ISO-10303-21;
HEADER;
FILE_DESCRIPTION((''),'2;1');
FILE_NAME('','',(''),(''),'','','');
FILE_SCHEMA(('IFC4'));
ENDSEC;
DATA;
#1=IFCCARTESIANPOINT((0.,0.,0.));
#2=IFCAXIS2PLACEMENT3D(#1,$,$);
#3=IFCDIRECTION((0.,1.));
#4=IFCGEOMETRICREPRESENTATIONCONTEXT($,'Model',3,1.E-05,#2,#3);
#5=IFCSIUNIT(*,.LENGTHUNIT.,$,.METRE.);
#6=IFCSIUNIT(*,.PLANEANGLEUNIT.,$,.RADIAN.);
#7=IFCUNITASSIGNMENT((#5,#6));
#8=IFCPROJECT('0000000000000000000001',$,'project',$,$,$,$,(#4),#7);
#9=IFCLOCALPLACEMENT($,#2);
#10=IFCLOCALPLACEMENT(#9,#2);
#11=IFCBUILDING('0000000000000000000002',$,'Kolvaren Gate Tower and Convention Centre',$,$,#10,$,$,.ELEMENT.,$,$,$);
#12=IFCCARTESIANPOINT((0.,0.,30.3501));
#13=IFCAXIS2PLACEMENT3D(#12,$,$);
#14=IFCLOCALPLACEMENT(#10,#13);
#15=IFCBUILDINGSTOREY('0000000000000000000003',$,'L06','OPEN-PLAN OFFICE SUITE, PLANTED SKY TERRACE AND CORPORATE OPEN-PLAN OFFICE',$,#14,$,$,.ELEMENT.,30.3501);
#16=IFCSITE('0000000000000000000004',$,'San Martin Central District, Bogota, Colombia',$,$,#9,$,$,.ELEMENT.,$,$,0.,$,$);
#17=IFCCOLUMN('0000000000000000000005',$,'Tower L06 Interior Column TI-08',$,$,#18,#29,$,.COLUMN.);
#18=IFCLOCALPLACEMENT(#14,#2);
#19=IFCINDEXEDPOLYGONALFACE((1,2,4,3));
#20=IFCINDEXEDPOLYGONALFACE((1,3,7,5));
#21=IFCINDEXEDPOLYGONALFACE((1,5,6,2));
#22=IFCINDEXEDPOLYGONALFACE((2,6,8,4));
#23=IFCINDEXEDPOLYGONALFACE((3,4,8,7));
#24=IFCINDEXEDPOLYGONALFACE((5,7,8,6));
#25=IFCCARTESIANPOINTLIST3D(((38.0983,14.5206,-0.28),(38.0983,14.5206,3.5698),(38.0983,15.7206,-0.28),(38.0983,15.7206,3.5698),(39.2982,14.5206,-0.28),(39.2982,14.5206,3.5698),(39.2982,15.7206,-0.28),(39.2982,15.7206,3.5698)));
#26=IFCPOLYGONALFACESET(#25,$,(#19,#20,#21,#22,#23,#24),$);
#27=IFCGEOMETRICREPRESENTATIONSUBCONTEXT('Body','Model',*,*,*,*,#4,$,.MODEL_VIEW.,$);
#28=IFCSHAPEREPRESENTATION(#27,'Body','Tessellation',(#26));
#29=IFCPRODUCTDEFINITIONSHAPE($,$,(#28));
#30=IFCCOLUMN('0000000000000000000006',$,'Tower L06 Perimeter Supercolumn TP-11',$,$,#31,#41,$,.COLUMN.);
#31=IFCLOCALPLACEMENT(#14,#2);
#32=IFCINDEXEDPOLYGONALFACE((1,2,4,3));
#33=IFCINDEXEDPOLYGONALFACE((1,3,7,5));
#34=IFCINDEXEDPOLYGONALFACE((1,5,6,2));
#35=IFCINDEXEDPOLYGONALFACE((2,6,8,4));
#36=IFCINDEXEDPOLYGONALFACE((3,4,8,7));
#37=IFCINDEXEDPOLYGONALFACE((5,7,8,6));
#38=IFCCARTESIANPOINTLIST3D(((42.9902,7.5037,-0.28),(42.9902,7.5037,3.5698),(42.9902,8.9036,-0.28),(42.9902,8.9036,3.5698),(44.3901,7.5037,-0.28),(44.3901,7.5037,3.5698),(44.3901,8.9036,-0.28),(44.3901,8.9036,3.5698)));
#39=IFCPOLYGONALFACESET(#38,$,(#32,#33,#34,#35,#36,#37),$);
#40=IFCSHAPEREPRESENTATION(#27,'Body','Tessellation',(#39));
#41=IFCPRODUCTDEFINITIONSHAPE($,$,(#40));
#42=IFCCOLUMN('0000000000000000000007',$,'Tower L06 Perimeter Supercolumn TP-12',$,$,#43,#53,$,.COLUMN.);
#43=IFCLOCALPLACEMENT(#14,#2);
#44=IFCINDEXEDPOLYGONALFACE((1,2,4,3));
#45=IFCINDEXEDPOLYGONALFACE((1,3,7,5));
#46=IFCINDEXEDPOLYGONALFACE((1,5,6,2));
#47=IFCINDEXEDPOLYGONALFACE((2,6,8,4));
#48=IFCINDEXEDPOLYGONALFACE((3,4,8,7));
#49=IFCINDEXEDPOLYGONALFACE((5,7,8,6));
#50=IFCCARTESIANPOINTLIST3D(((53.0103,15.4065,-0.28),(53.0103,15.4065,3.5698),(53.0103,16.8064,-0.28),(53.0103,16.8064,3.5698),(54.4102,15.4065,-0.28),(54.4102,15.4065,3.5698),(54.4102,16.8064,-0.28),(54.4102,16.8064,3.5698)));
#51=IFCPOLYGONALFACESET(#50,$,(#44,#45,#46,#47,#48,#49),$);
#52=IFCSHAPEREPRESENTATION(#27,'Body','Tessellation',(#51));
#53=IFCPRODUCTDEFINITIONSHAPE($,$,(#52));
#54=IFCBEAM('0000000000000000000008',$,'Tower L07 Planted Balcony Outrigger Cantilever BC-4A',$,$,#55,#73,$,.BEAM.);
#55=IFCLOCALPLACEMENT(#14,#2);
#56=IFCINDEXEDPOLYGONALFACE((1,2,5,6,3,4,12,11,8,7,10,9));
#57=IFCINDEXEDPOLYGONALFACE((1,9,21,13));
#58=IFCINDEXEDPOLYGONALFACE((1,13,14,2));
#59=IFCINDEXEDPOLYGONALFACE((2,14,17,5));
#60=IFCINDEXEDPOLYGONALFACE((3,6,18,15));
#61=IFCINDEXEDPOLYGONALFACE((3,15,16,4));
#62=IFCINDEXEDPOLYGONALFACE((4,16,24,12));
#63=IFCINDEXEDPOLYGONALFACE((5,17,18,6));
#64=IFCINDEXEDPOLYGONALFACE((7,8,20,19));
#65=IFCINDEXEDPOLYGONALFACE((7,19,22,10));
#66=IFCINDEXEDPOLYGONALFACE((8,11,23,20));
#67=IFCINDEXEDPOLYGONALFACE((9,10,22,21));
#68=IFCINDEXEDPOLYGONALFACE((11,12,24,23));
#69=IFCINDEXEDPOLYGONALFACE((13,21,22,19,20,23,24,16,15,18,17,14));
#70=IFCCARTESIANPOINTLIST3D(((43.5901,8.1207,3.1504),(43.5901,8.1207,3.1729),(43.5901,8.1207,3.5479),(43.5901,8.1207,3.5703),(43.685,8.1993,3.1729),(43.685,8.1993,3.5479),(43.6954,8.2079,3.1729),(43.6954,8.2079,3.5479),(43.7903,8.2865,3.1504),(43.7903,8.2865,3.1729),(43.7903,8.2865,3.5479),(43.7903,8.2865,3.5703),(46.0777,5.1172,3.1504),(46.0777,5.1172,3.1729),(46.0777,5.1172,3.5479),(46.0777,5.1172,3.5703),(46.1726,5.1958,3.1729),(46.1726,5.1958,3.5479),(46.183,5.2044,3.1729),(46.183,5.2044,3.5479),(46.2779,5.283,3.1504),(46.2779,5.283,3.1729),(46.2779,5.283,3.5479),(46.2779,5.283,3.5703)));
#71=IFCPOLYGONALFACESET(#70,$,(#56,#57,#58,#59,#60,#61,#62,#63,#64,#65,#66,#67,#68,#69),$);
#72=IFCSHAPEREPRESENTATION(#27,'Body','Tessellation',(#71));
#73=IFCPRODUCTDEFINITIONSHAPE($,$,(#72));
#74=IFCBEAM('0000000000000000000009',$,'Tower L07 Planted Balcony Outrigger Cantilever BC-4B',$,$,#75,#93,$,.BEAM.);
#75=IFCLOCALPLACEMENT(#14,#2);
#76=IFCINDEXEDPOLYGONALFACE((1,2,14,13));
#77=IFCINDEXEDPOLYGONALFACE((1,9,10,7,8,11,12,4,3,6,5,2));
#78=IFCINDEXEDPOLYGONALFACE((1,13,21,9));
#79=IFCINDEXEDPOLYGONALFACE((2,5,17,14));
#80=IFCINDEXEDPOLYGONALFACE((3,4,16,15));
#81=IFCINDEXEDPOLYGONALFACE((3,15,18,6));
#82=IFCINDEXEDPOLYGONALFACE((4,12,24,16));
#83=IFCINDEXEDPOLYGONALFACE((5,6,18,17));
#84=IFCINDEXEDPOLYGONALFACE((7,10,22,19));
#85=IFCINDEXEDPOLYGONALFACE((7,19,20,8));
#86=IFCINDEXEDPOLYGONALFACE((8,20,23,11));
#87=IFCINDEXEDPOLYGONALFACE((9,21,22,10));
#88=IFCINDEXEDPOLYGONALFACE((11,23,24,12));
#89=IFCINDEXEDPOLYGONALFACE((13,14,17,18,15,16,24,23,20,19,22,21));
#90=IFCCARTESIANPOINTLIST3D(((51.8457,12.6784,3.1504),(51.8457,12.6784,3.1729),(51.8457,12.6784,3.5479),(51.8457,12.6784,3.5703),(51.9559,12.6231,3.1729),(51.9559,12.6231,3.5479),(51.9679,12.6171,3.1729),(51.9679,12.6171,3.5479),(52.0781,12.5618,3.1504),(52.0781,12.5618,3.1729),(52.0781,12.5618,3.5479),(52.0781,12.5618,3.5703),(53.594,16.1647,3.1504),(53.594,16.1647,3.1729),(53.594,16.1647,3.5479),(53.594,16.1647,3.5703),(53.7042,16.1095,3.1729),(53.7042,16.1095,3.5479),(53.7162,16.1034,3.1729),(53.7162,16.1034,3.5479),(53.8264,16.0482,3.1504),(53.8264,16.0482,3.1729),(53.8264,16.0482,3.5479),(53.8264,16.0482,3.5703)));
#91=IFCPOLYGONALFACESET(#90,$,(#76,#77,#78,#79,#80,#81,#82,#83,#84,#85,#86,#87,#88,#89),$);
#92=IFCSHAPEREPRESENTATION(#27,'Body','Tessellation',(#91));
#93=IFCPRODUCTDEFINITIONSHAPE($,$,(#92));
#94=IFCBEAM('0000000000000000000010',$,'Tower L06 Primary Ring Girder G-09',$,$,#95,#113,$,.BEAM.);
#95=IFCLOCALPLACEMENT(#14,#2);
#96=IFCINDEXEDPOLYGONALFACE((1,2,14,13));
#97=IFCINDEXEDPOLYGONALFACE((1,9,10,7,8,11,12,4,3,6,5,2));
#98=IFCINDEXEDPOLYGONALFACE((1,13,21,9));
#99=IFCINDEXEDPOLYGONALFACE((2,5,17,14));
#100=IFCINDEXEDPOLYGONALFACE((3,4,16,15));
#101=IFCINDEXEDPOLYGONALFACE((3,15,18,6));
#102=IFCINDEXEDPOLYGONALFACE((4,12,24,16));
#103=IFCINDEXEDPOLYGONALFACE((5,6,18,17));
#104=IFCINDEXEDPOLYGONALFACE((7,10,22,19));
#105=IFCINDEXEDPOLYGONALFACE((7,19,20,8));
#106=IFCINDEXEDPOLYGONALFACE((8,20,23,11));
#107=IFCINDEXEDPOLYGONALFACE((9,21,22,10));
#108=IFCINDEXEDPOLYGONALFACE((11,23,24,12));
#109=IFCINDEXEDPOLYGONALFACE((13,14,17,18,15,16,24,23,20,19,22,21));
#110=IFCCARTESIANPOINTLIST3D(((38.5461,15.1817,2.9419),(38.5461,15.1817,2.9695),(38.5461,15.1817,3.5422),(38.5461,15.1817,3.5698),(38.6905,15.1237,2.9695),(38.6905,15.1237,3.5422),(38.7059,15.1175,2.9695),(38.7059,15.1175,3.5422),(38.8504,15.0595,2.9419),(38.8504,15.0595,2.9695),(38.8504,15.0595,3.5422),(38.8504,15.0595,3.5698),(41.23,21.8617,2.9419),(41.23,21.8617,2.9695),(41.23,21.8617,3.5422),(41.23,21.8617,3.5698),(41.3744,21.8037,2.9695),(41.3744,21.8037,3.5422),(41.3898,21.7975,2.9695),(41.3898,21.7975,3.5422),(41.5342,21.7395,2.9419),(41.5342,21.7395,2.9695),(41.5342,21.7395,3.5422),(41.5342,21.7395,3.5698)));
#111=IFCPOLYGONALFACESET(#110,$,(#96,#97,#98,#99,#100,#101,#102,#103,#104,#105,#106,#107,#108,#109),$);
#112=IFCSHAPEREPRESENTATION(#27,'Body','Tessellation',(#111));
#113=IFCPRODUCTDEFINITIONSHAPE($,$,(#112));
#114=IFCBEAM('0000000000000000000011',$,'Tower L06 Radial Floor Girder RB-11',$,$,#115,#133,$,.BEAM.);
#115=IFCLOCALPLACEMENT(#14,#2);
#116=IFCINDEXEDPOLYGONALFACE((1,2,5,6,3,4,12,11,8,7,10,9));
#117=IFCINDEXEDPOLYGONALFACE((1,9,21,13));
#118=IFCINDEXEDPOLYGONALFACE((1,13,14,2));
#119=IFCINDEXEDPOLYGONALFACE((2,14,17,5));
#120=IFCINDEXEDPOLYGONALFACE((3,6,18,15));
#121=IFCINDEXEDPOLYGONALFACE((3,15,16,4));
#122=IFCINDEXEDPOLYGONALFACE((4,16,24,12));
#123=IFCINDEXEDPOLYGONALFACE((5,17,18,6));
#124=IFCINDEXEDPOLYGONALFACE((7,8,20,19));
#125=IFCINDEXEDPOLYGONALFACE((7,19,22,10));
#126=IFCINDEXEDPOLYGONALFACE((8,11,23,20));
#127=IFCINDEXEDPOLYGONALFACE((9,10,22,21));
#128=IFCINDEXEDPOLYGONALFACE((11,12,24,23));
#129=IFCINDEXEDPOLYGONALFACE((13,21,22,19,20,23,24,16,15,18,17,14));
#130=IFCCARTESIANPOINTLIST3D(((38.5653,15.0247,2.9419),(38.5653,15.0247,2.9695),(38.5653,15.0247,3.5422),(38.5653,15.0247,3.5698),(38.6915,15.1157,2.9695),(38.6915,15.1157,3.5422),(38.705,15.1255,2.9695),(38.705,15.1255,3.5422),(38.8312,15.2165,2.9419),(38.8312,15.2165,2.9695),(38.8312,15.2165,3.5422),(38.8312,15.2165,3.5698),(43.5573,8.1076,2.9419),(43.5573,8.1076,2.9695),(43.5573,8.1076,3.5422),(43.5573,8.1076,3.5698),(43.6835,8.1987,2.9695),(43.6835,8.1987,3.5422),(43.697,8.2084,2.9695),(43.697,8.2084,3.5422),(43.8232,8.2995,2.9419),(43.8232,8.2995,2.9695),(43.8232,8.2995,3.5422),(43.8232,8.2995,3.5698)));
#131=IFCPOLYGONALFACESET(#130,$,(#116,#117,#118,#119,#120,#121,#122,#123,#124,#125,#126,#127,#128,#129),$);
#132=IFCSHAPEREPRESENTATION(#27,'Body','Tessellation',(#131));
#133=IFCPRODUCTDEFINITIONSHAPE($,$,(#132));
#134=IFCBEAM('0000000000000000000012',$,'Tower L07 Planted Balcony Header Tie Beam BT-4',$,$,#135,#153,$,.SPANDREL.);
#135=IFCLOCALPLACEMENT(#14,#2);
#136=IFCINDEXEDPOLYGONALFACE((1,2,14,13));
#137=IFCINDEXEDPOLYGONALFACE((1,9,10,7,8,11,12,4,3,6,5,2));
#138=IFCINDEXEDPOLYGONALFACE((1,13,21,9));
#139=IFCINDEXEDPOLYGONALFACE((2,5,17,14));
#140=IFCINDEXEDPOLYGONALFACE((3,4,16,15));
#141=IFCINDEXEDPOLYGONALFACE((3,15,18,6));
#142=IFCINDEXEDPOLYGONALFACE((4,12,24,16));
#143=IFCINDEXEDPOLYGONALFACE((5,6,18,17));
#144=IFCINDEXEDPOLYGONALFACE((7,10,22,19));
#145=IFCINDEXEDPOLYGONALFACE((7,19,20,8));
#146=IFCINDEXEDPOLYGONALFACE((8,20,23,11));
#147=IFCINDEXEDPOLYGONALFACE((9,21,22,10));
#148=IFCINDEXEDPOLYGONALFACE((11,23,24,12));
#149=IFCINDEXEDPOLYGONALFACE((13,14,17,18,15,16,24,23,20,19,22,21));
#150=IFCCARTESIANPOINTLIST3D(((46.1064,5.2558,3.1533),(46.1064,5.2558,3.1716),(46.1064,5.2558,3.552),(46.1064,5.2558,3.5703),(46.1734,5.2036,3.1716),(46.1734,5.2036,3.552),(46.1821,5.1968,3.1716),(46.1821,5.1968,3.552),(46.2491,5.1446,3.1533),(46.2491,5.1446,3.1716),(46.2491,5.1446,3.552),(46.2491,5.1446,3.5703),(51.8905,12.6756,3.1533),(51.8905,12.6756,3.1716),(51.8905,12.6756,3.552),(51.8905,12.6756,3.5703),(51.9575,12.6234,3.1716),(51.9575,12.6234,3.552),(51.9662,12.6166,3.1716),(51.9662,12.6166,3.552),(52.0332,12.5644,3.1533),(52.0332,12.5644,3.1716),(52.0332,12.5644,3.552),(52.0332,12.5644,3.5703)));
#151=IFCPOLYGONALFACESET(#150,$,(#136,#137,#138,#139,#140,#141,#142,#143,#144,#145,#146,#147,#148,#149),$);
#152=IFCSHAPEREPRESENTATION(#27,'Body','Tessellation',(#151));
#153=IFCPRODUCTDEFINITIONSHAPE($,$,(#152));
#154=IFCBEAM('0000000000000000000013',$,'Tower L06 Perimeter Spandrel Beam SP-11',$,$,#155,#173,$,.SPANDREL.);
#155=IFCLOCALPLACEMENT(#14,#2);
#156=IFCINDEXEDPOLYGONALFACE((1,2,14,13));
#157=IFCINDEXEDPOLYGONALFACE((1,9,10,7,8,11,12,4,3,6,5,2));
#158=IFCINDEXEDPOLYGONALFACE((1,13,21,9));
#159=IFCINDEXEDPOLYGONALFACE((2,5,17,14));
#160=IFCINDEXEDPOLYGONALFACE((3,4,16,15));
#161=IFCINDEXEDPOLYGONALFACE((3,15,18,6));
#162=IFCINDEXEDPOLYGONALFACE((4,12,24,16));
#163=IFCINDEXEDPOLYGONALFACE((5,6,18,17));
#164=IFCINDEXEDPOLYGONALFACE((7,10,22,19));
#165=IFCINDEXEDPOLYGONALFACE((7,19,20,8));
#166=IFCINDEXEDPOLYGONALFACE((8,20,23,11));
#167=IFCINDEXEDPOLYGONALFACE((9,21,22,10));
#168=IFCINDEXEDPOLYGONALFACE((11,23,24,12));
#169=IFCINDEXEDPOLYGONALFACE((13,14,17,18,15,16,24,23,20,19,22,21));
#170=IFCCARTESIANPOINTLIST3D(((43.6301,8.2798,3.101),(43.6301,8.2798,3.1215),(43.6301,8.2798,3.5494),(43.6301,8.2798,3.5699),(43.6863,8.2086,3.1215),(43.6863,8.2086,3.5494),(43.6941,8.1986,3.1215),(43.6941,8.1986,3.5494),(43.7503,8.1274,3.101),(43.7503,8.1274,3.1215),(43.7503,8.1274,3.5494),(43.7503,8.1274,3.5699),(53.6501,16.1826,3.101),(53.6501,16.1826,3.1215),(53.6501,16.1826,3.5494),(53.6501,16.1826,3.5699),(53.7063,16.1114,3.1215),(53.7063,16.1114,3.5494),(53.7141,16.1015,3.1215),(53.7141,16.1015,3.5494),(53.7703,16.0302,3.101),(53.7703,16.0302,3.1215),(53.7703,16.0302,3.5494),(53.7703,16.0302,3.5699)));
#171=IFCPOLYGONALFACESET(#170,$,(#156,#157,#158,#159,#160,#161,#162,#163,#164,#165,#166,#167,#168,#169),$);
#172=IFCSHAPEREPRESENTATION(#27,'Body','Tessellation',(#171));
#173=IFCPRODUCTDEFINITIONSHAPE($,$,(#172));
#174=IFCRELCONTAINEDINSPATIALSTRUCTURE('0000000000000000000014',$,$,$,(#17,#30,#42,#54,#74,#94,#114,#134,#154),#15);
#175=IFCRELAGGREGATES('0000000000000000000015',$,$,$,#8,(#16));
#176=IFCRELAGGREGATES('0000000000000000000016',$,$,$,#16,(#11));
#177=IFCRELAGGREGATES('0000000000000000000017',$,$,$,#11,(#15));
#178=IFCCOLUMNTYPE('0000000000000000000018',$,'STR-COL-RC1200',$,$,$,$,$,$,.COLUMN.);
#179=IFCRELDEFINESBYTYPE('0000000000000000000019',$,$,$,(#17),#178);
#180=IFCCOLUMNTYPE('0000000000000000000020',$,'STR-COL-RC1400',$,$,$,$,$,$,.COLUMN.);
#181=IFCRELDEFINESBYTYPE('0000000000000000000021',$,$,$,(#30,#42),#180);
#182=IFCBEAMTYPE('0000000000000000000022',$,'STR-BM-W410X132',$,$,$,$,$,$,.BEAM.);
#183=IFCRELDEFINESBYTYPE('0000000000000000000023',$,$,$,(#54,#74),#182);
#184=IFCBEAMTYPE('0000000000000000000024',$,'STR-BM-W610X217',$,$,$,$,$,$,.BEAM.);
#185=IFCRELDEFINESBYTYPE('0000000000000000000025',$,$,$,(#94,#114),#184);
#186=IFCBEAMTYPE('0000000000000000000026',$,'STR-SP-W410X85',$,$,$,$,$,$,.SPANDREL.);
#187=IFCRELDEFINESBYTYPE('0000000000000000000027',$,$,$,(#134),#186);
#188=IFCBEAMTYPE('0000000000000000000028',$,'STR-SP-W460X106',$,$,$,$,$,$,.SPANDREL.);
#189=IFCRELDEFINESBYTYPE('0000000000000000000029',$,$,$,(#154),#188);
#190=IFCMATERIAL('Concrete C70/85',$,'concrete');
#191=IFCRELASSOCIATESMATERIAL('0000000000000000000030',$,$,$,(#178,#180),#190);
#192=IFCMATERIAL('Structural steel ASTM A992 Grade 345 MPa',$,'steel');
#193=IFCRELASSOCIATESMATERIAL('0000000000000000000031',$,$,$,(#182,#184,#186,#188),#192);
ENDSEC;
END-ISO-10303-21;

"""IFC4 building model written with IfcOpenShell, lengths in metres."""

from ifc_helpers import new_model, si_unit, direction, frame, origin, origin_2d, place, context, subcontext, project, spatial, rectangle, i_section, extrude, material, material_profile, profile_set, type_object, element, save


model = new_model("IFC4")

# Units and contexts
model_context = context("Model", 3, precision=1e-05, world=origin(), true_north=direction((0.0, 1.0)))
body_context = subcontext(model_context, "Body", "Model", "MODEL_VIEW")
ifc_project = project(units=[si_unit("LENGTHUNIT", "METRE"), si_unit("PLANEANGLEUNIT", "RADIAN")], contexts=[model_context])

# Site, building, storey
site_placement = place(None, origin())
site = spatial("IfcSite", under=ifc_project, at=site_placement, Name="San Martin Central District, Bogota, Colombia", CompositionType="ELEMENT", RefElevation=0.0)
building_placement = place(site_placement, origin())
building = spatial("IfcBuilding", under=site, at=building_placement, Name="Kolvaren Gate Tower and Convention Centre", CompositionType="ELEMENT")
storey_placement = place(building_placement, frame((0.0, 0.0, 30.3501)))
storey = spatial("IfcBuildingStorey", under=building, at=storey_placement, Name="L06", Description="OPEN-PLAN OFFICE SUITE, PLANTED SKY TERRACE AND CORPORATE OPEN-PLAN OFFICE", CompositionType="ELEMENT", Elevation=30.3501)

# Columns
ifc_material_1 = material(Name="Concrete C70/85", Category="concrete")
ifc_material_profile_1 = material_profile(ifc_material_1, rectangle(XDim=1.2, YDim=1.2, at=origin_2d()), Name="RC-COL-1200X1200")
ifc_profile_set_1 = profile_set([ifc_material_profile_1], Name="Concrete C70/85")
column_type_1 = type_object("IfcColumnType", Name="STR-COL-RC1200", PredefinedType="COLUMN", material=ifc_profile_set_1)
column_placement = place(storey_placement, frame((38.6982, 15.1206, -0.28), z_axis=(0.0, 0.0, 1.0), x_axis=(1.0, 0.0, 0.0)))
element("IfcColumn", 1, at=column_placement, inside=storey, type_object=column_type_1, Name="Tower L06 Interior Column TI-08", PredefinedType="COLUMN", context=body_context, shape_type="SweptSolid", body=[
    extrude(rectangle(XDim=1.2, YDim=1.2, at=origin_2d()), origin(), (0.0, 0.0, 1.0), 3.8499),
])
ifc_material_profile_2 = material_profile(ifc_material_1, rectangle(XDim=1.3999, YDim=1.3999, at=origin_2d()), Name="RC-COL-1400X1400")
ifc_profile_set_2 = profile_set([ifc_material_profile_2], Name="Concrete C70/85")
column_type_2 = type_object("IfcColumnType", Name="STR-COL-RC1400", PredefinedType="COLUMN", material=ifc_profile_set_2)
for number, where, z_axis, x_axis, name in (
    (2, (43.6902, 8.2036, -0.28), (0.0, 0.0, 1.0), (1.0, 0.0, 0.0), "Tower L06 Perimeter Supercolumn TP-11"),
    (3, (53.7102, 16.1064, -0.28), (0.0, 0.0, 1.0), (1.0, 0.0, 0.0), "Tower L06 Perimeter Supercolumn TP-12"),
):
    element("IfcColumn", number, at=place(storey_placement, frame(where, z_axis=z_axis, x_axis=x_axis)), inside=storey, type_object=column_type_2, Name=name, PredefinedType="COLUMN", context=body_context, shape_type="SweptSolid", body=[
        extrude(rectangle(XDim=1.3999, YDim=1.3999, at=origin_2d()), origin(), (0.0, 0.0, 1.0), 3.8499),
    ])

# Beams
ifc_material_2 = material(Name="Structural steel ASTM A992 Grade 345 MPa", Category="steel")
ifc_material_profile_3 = material_profile(ifc_material_2, i_section(OverallWidth=0.26, OverallDepth=0.4199, WebThickness=0.0134, FlangeThickness=0.0225, at=origin_2d()), Name="W410X132")
ifc_profile_set_3 = profile_set([ifc_material_profile_3], Name="Structural steel ASTM A992 Grade 345 MPa")
beam_type_1 = type_object("IfcBeamType", Name="STR-BM-W410X132", PredefinedType="BEAM", material=ifc_profile_set_3)
beam_1_placement = place(storey_placement, frame((43.6902, 8.2036, 3.3604), z_axis=(0.637866, -0.770147, 0.0), x_axis=(0.770147, 0.637866, 0.0)))
element("IfcBeam", 4, at=beam_1_placement, inside=storey, type_object=beam_type_1, Name="Tower L07 Planted Balcony Outrigger Cantilever BC-4A", PredefinedType="BEAM", context=body_context, shape_type="SweptSolid", body=[
    extrude(i_section(OverallWidth=0.26, OverallDepth=0.4199, WebThickness=0.0134, FlangeThickness=0.0225, at=origin_2d()), origin(), (0.0, 0.0, 1.0), 3.8999),
])
beam_2_placement = place(storey_placement, frame((53.7102, 16.1064, 3.3604), z_axis=(-0.448265, -0.893901, 0.0), x_axis=(0.893901, -0.448265, 0.0)))
element("IfcBeam", 5, at=beam_2_placement, inside=storey, type_object=beam_type_1, Name="Tower L07 Planted Balcony Outrigger Cantilever BC-4B", PredefinedType="BEAM", context=body_context, shape_type="SweptSolid", body=[
    extrude(i_section(OverallWidth=0.26, OverallDepth=0.4199, WebThickness=0.0134, FlangeThickness=0.0225, at=origin_2d()), origin(), (0.0, 0.0, 1.0), 3.9001),
])
ifc_material_profile_4 = material_profile(ifc_material_2, i_section(OverallWidth=0.3279, OverallDepth=0.6279, WebThickness=0.0166, FlangeThickness=0.0276, at=origin_2d()), Name="W610X217")
ifc_profile_set_4 = profile_set([ifc_material_profile_4], Name="Structural steel ASTM A992 Grade 345 MPa")
beam_type_2 = type_object("IfcBeamType", Name="STR-BM-W610X217", PredefinedType="BEAM", material=ifc_profile_set_4)
beam_3_placement = place(storey_placement, frame((38.6982, 15.1206, 3.2559), z_axis=(0.372811, 0.927907, 0.0), x_axis=(-0.927907, 0.372811, 0.0)))
element("IfcBeam", 6, at=beam_3_placement, inside=storey, type_object=beam_type_2, Name="Tower L06 Primary Ring Girder G-09", PredefinedType="BEAM", context=body_context, shape_type="SweptSolid", body=[
    extrude(i_section(OverallWidth=0.3279, OverallDepth=0.6279, WebThickness=0.0166, FlangeThickness=0.0276, at=origin_2d()), origin(), (0.0, 0.0, 1.0), 7.199),
])
beam_4_placement = place(storey_placement, frame((38.6982, 15.1206, 3.2559), z_axis=(0.585208, -0.810883, 0.0), x_axis=(0.810883, 0.585208, 0.0)))
element("IfcBeam", 7, at=beam_4_placement, inside=storey, type_object=beam_type_2, Name="Tower L06 Radial Floor Girder RB-11", PredefinedType="BEAM", context=body_context, shape_type="SweptSolid", body=[
    extrude(i_section(OverallWidth=0.3279, OverallDepth=0.6279, WebThickness=0.0166, FlangeThickness=0.0276, at=origin_2d()), origin(), (0.0, 0.0, 1.0), 8.5303),
])
ifc_material_profile_5 = material_profile(ifc_material_2, i_section(OverallWidth=0.1809, OverallDepth=0.417, WebThickness=0.011, FlangeThickness=0.0183, at=origin_2d()), Name="W410X85")
ifc_profile_set_5 = profile_set([ifc_material_profile_5], Name="Structural steel ASTM A992 Grade 345 MPa")
beam_type_3 = type_object("IfcBeamType", Name="STR-SP-W410X85", PredefinedType="SPANDREL", material=ifc_profile_set_5)
beam_5_placement = place(storey_placement, frame((46.1777, 5.2002, 3.3618), z_axis=(0.61481, 0.788675, 0.0), x_axis=(-0.788675, 0.61481, 0.0)))
element("IfcBeam", 8, at=beam_5_placement, inside=storey, type_object=beam_type_3, Name="Tower L07 Planted Balcony Header Tie Beam BT-4", PredefinedType="SPANDREL", context=body_context, shape_type="SweptSolid", body=[
    extrude(i_section(OverallWidth=0.1809, OverallDepth=0.417, WebThickness=0.011, FlangeThickness=0.0183, at=origin_2d()), origin(), (0.0, 0.0, 1.0), 9.408),
])
ifc_material_profile_6 = material_profile(ifc_material_2, i_section(OverallWidth=0.1941, OverallDepth=0.469, WebThickness=0.0127, FlangeThickness=0.0205, at=origin_2d()), Name="W460X106")
ifc_profile_set_6 = profile_set([ifc_material_profile_6], Name="Structural steel ASTM A992 Grade 345 MPa")
beam_type_4 = type_object("IfcBeamType", Name="STR-SP-W460X106", PredefinedType="SPANDREL", material=ifc_profile_set_6)
beam_6_placement = place(storey_placement, frame((43.6902, 8.2036, 3.3354), z_axis=(0.785176, 0.619272, 0.0), x_axis=(-0.619272, 0.785176, 0.0)))
element("IfcBeam", 9, at=beam_6_placement, inside=storey, type_object=beam_type_4, Name="Tower L06 Perimeter Spandrel Beam SP-11", PredefinedType="SPANDREL", context=body_context, shape_type="SweptSolid", body=[
    extrude(i_section(OverallWidth=0.1941, OverallDepth=0.469, WebThickness=0.0127, FlangeThickness=0.0205, at=origin_2d()), origin(), (0.0, 0.0, 1.0), 12.7615),
])

save(model, "model.ifc")
